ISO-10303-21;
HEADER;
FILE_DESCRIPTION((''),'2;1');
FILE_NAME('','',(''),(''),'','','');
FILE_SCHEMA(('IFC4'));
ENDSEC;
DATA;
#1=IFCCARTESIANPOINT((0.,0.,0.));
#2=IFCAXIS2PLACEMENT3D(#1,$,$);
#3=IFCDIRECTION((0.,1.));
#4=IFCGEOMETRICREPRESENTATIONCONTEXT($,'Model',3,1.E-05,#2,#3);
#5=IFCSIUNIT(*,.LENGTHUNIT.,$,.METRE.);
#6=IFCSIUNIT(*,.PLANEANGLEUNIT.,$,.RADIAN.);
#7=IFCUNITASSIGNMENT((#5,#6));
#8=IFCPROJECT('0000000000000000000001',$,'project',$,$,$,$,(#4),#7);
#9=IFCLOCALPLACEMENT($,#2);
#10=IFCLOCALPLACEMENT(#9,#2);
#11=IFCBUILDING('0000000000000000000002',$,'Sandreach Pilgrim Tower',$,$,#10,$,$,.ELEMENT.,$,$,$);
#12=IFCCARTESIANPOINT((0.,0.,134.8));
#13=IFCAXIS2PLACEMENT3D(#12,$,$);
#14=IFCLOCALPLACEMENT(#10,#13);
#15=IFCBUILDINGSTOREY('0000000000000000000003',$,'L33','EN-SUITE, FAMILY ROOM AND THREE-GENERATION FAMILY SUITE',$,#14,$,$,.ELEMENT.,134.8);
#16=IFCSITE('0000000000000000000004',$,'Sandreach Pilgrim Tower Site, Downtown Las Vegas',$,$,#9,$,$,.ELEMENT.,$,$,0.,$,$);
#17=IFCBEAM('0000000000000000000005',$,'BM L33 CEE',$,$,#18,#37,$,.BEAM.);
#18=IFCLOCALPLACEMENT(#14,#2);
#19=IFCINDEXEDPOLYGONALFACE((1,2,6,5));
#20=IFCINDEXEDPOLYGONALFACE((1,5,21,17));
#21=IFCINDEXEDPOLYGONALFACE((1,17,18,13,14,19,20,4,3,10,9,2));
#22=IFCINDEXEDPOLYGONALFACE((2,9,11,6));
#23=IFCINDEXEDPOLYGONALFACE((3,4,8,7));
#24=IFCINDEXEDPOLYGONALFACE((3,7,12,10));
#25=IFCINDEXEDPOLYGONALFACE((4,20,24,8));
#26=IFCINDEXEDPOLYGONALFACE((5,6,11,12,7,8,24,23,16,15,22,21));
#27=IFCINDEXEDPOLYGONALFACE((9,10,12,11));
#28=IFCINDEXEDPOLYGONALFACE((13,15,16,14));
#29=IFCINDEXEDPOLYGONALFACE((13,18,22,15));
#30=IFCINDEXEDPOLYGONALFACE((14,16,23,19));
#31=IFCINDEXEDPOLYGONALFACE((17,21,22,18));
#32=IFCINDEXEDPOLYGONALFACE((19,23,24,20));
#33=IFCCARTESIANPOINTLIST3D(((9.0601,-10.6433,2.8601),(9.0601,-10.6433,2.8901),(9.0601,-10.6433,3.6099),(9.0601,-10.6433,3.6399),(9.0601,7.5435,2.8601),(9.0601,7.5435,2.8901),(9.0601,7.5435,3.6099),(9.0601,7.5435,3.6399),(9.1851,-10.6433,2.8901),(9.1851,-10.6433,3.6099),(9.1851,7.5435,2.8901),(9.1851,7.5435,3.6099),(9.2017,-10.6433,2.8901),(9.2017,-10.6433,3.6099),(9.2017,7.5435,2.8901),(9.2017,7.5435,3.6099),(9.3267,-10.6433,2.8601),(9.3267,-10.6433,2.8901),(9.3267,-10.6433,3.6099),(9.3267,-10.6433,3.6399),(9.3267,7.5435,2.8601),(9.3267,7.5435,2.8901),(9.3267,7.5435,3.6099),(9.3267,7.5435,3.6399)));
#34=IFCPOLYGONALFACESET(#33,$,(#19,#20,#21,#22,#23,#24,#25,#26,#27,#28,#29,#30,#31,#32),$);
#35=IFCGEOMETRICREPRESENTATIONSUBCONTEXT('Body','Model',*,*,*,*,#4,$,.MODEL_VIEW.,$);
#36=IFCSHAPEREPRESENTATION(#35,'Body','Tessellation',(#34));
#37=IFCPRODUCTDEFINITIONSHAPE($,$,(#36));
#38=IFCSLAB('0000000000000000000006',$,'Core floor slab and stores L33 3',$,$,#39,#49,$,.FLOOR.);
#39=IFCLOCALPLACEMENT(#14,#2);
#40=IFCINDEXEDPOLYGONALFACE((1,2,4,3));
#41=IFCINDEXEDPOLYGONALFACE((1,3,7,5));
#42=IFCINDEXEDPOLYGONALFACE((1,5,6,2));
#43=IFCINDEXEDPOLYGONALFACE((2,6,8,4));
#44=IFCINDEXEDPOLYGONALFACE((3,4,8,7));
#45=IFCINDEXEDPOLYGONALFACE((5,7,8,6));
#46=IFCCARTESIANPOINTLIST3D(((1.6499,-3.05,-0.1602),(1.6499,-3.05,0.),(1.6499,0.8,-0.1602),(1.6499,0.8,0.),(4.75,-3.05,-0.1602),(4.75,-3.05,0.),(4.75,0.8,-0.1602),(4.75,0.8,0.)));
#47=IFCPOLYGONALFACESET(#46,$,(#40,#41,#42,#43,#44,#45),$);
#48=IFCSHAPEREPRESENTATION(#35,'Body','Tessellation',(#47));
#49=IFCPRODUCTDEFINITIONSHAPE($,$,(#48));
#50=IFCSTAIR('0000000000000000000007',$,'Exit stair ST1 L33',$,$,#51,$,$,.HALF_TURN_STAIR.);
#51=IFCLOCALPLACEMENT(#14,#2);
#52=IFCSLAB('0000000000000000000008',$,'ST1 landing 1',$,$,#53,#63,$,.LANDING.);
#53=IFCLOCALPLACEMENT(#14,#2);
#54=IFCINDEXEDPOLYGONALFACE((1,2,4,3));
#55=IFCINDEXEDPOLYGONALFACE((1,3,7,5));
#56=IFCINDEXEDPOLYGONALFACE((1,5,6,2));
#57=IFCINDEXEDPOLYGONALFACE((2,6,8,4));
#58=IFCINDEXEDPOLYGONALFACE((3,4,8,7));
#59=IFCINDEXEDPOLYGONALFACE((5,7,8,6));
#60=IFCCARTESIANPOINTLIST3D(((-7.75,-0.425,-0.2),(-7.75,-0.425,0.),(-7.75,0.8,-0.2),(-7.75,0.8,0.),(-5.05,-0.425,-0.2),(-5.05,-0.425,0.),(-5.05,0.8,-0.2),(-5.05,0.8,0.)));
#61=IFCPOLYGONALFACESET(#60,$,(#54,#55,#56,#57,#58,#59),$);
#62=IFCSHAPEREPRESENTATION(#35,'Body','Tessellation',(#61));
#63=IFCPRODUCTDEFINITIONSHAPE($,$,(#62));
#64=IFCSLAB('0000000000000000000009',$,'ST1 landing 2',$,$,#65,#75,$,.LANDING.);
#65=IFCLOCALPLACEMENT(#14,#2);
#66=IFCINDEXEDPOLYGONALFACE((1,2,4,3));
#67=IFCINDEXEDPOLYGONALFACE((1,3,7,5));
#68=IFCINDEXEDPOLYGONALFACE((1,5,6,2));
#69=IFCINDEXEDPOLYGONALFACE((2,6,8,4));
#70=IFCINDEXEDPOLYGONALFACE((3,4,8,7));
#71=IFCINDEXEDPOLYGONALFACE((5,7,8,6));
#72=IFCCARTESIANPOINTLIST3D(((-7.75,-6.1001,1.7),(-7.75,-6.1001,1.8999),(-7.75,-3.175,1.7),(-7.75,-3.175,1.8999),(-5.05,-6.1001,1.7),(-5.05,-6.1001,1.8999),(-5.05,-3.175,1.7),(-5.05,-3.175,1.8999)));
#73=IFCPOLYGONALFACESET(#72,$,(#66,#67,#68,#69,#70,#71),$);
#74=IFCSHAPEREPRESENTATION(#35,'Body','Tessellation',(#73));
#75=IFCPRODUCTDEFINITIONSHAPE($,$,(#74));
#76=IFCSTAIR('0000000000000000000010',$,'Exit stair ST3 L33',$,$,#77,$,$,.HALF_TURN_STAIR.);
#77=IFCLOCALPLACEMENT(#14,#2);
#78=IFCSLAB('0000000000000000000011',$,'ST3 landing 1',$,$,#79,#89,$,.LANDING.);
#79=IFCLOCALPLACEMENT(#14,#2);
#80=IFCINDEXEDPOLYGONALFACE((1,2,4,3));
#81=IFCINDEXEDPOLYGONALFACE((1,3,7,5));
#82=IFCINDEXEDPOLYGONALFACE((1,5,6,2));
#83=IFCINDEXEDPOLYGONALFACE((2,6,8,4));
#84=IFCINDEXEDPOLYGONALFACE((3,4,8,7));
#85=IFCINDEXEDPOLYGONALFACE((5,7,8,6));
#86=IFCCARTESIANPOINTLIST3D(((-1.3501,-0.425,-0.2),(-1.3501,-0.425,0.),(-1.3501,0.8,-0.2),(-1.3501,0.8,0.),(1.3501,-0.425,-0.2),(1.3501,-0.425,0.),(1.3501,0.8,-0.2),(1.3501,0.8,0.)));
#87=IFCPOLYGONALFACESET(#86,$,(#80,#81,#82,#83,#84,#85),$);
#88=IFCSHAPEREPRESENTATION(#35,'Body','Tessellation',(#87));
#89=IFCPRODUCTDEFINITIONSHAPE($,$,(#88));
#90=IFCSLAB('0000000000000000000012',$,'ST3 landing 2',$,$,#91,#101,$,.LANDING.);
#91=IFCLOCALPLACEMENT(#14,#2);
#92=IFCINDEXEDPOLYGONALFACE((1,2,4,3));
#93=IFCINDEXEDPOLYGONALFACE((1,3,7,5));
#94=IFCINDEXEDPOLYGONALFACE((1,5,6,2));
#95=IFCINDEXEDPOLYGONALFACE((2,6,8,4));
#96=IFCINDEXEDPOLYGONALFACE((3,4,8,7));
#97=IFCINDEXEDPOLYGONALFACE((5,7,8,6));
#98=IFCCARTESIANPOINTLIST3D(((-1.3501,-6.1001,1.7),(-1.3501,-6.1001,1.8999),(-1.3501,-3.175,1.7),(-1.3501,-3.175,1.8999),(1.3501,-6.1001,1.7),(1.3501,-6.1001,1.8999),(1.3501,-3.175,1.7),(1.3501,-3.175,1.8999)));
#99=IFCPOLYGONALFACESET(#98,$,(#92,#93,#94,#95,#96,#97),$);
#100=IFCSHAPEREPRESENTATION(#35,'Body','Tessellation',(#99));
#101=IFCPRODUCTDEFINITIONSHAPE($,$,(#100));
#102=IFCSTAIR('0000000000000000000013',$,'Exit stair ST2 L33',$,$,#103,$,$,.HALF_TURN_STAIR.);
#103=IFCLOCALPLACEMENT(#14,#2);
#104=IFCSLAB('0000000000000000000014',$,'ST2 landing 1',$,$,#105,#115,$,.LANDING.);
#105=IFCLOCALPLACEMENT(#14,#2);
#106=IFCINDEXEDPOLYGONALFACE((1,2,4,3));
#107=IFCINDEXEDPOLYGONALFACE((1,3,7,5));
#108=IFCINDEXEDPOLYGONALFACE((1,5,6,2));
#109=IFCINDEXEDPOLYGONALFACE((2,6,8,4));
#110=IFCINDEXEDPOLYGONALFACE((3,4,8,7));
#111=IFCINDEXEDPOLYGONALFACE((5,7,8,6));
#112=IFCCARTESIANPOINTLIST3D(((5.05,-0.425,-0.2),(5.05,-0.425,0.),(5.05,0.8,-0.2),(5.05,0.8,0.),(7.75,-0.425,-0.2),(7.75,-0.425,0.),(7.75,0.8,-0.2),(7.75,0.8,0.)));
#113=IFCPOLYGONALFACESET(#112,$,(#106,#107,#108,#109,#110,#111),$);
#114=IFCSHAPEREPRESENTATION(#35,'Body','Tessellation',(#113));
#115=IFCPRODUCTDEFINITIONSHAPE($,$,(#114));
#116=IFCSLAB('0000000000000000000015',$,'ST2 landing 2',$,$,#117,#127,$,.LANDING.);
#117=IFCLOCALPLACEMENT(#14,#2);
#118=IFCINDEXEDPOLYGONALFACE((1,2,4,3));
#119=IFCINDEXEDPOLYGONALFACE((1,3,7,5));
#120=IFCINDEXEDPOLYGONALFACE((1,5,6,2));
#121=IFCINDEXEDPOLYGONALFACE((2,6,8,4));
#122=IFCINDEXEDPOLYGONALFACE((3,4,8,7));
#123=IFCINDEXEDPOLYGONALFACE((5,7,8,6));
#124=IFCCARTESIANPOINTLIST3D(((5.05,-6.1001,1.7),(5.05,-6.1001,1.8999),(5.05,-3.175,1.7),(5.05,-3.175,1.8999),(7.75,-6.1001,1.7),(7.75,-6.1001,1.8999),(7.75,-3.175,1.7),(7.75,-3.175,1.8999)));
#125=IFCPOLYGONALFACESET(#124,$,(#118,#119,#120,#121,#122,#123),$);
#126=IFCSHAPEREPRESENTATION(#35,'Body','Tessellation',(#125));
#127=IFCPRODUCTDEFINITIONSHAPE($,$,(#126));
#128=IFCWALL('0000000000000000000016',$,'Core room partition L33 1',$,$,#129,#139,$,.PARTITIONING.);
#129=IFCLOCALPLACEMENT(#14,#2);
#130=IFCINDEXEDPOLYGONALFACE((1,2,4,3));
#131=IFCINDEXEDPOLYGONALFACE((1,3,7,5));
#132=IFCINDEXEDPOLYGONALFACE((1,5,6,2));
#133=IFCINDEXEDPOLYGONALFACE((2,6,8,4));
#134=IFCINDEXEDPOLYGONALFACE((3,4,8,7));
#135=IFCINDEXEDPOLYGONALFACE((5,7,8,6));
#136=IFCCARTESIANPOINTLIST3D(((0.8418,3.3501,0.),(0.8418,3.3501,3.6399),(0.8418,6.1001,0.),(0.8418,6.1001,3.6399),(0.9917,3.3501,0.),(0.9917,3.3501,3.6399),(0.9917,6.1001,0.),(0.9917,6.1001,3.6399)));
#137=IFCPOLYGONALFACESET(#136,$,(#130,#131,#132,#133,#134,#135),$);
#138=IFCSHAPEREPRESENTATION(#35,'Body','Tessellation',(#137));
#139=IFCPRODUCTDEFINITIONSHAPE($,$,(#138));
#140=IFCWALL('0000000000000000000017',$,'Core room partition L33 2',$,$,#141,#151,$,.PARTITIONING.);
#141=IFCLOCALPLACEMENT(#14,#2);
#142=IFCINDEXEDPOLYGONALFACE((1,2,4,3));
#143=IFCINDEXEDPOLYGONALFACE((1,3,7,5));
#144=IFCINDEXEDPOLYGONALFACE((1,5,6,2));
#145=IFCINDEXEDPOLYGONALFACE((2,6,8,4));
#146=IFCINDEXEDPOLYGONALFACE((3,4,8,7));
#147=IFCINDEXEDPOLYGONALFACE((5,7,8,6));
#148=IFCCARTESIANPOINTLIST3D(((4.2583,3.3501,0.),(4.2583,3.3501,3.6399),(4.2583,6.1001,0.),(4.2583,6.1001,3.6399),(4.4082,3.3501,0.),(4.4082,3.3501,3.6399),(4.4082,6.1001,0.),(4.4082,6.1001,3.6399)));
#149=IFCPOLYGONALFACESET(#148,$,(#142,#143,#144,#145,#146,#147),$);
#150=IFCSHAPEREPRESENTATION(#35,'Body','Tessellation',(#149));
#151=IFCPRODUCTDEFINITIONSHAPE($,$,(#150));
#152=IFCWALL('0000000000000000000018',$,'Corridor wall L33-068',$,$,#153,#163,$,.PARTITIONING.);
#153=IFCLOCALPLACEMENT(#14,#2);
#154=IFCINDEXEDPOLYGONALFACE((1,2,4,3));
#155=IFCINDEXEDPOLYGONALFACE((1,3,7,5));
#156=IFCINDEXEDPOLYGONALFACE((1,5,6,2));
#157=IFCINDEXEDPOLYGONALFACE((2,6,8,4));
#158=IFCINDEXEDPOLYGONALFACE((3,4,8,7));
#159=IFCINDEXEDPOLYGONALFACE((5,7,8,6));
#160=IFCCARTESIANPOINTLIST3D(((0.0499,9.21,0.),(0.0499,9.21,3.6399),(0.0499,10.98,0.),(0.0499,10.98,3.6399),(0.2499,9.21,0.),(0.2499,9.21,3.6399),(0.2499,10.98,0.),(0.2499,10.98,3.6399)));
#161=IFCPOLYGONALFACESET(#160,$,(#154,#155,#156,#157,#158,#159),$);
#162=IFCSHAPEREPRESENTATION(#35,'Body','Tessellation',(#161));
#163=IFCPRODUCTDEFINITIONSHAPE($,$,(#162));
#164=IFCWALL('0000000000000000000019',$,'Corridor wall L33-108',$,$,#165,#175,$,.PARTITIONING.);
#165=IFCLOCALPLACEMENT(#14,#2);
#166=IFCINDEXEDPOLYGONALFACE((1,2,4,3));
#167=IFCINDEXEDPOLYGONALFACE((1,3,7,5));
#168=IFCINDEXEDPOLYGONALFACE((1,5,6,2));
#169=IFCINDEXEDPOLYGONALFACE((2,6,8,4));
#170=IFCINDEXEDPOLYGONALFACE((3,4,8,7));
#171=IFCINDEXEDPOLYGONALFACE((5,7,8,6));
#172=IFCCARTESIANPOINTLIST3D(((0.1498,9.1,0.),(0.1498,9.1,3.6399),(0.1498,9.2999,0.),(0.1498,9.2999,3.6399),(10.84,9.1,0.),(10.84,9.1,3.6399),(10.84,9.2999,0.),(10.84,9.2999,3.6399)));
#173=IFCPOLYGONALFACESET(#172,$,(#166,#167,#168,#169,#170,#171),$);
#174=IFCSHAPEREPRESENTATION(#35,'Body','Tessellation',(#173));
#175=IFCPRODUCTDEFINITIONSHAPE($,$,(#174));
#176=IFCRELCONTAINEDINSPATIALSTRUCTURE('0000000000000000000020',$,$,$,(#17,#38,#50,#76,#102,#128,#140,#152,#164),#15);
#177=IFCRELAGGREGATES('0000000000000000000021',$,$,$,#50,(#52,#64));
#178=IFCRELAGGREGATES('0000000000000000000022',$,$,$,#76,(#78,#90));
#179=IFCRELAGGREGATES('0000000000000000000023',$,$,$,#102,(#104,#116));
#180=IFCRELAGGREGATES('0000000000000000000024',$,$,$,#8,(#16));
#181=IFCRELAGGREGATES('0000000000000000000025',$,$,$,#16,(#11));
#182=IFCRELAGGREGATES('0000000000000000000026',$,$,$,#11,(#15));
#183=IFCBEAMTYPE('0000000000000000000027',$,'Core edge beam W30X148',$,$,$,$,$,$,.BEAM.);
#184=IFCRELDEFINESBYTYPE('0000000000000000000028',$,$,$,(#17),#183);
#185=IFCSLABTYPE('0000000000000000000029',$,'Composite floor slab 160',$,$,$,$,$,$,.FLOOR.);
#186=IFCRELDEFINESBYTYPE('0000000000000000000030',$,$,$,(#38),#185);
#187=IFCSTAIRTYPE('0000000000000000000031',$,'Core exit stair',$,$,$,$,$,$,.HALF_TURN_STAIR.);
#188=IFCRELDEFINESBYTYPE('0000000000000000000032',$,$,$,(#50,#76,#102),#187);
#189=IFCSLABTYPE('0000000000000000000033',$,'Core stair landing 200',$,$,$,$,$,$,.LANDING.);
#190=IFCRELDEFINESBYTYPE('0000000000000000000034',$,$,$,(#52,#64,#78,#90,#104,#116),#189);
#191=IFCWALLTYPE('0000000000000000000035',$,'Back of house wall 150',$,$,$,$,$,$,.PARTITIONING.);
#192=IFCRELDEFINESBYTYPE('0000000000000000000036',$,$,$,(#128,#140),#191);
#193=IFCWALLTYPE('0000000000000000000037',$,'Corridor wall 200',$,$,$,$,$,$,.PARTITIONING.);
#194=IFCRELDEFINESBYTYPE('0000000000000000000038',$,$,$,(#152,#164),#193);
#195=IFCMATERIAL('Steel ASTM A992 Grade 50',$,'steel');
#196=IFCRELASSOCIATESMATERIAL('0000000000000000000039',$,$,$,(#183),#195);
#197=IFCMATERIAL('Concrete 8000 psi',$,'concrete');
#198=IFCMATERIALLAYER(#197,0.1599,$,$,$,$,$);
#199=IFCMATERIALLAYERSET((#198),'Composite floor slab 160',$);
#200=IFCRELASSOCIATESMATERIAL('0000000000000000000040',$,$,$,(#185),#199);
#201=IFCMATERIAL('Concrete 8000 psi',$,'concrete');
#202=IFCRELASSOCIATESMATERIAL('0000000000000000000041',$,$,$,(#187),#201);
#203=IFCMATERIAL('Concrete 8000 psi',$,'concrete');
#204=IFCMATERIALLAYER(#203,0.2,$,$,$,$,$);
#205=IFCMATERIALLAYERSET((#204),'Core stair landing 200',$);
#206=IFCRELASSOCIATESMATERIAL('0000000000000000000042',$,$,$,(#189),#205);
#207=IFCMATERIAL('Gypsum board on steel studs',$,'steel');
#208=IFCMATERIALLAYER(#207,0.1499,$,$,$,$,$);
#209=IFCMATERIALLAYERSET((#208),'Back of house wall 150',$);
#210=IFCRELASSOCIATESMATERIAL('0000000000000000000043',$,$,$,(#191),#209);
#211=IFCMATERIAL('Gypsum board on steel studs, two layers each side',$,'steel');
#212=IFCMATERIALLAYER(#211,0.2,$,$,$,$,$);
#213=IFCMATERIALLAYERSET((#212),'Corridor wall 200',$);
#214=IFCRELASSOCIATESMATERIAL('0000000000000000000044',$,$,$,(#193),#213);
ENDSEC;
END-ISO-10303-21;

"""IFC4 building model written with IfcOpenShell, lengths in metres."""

from ifc_helpers import new_model, si_unit, direction, frame, frame_2d, origin, origin_2d, place, context, subcontext, project, spatial, polyline, rectangle, i_section, outline, extrude, material, layer, layer_set, material_profile, profile_set, type_object, element, aggregate, save


model = new_model("IFC4")

# Units and contexts
model_context = context("Model", 3, precision=1e-05, world=origin(), true_north=direction((0.0, 1.0)))
body_context = subcontext(model_context, "Body", "Model", "MODEL_VIEW")
ifc_project = project(units=[si_unit("LENGTHUNIT", "METRE"), si_unit("PLANEANGLEUNIT", "RADIAN")], contexts=[model_context])

# Site, building, storey
site_placement = place(None, origin())
site = spatial("IfcSite", under=ifc_project, at=site_placement, Name="Sandreach Pilgrim Tower Site, Downtown Las Vegas", CompositionType="ELEMENT", RefElevation=0.0)
building_placement = place(site_placement, origin())
building = spatial("IfcBuilding", under=site, at=building_placement, Name="Sandreach Pilgrim Tower", CompositionType="ELEMENT")
storey_placement = place(building_placement, frame((0.0, 0.0, 134.8)))
storey = spatial("IfcBuildingStorey", under=building, at=storey_placement, Name="L33", Description="EN-SUITE, FAMILY ROOM AND THREE-GENERATION FAMILY SUITE", CompositionType="ELEMENT", Elevation=134.8)

# Beam
ifc_material_1 = material(Name="Steel ASTM A992 Grade 50", Category="steel")
ifc_material_profile = material_profile(ifc_material_1, i_section(OverallWidth=0.2666, OverallDepth=0.7798, WebThickness=0.0166, FlangeThickness=0.03, at=origin_2d()), Name="W30X148")
ifc_profile_set = profile_set([ifc_material_profile], Name="Steel ASTM A992 Grade 50")
beam_type = type_object("IfcBeamType", Name="Core edge beam W30X148", PredefinedType="BEAM", material=ifc_profile_set)
beam_placement = place(storey_placement, frame((9.1934, 7.5435, 3.25), z_axis=(0.0, -1.0, 0.0), x_axis=(1.0, 0.0, 0.0)))
element("IfcBeam", 1, at=beam_placement, inside=storey, type_object=beam_type, Name="BM L33 CEE", PredefinedType="BEAM", context=body_context, shape_type="SweptSolid", body=[
    extrude(i_section(OverallWidth=0.2666, OverallDepth=0.7798, WebThickness=0.0166, FlangeThickness=0.03, at=origin_2d()), origin(), (0.0, 0.0, 1.0), 18.1868),
])

# Slab
ifc_material_2 = material(Name="Concrete 8000 psi", Category="concrete")
ifc_layer_1 = layer(ifc_material_2, 0.1599)
ifc_layer_set_1 = layer_set([ifc_layer_1], Name="Composite floor slab 160")
slab_type_1 = type_object("IfcSlabType", Name="Composite floor slab 160", PredefinedType="FLOOR", material=ifc_layer_set_1)
slab_1_placement = place(storey_placement, frame((0.0, 0.0, -0.1602)))
element("IfcSlab", 2, at=slab_1_placement, inside=storey, type_object=slab_type_1, Name="Core floor slab and stores L33 3", PredefinedType="FLOOR", context=body_context, shape_type="SweptSolid", body=[
    extrude(outline(polyline([(4.75, -3.05), (1.6499, -3.05), (1.6499, 0.8), (4.75, 0.8), (4.75, -3.05)])), origin(), (0.0, 0.0, 1.0), 0.1602),
])

# Stairs, slabs
ifc_material_3 = material(Name="Concrete 8000 psi", Category="concrete")
stair_type = type_object("IfcStairType", Name="Core exit stair", PredefinedType="HALF_TURN_STAIR", material=ifc_material_3)
stair_1_placement = place(storey_placement, origin())
stair_1 = element("IfcStair", 3, at=stair_1_placement, inside=storey, type_object=stair_type, Name="Exit stair ST1 L33", PredefinedType="HALF_TURN_STAIR")
ifc_material_4 = material(Name="Concrete 8000 psi", Category="concrete")
ifc_layer_2 = layer(ifc_material_4, 0.2)
ifc_layer_set_2 = layer_set([ifc_layer_2], Name="Core stair landing 200")
slab_type_2 = type_object("IfcSlabType", Name="Core stair landing 200", PredefinedType="LANDING", material=ifc_layer_set_2)
slab_2_placement = place(storey_placement, frame((0.0, 0.0, -0.2)))
slab_2 = element("IfcSlab", 4, at=slab_2_placement, type_object=slab_type_2, Name="ST1 landing 1", PredefinedType="LANDING", context=body_context, shape_type="SweptSolid", body=[
    extrude(outline(polyline([(-7.75, -0.425), (-5.05, -0.425), (-5.05, 0.8), (-7.75, 0.8), (-7.75, -0.425)])), origin(), (0.0, 0.0, 1.0), 0.2),
])
slab_3_placement = place(storey_placement, frame((0.0, 0.0, 1.7)))
slab_3 = element("IfcSlab", 5, at=slab_3_placement, type_object=slab_type_2, Name="ST1 landing 2", PredefinedType="LANDING", context=body_context, shape_type="SweptSolid", body=[
    extrude(outline(polyline([(-7.75, -6.1001), (-5.05, -6.1001), (-5.05, -3.175), (-7.75, -3.175), (-7.75, -6.1001)])), origin(), (0.0, 0.0, 1.0), 0.2),
])
aggregate(stair_1, [slab_2, slab_3])
stair_2_placement = place(storey_placement, origin())
stair_2 = element("IfcStair", 6, at=stair_2_placement, inside=storey, type_object=stair_type, Name="Exit stair ST3 L33", PredefinedType="HALF_TURN_STAIR")
slab_4_placement = place(storey_placement, frame((0.0, 0.0, -0.2)))
slab_4 = element("IfcSlab", 7, at=slab_4_placement, type_object=slab_type_2, Name="ST3 landing 1", PredefinedType="LANDING", context=body_context, shape_type="SweptSolid", body=[
    extrude(outline(polyline([(-1.3501, -0.425), (1.3501, -0.425), (1.3501, 0.8), (-1.3501, 0.8), (-1.3501, -0.425)])), origin(), (0.0, 0.0, 1.0), 0.2),
])
slab_5_placement = place(storey_placement, frame((0.0, 0.0, 1.7)))
slab_5 = element("IfcSlab", 8, at=slab_5_placement, type_object=slab_type_2, Name="ST3 landing 2", PredefinedType="LANDING", context=body_context, shape_type="SweptSolid", body=[
    extrude(outline(polyline([(-1.3501, -6.1001), (1.3501, -6.1001), (1.3501, -3.175), (-1.3501, -3.175), (-1.3501, -6.1001)])), origin(), (0.0, 0.0, 1.0), 0.2),
])
aggregate(stair_2, [slab_4, slab_5])
stair_3_placement = place(storey_placement, origin())
stair_3 = element("IfcStair", 9, at=stair_3_placement, inside=storey, type_object=stair_type, Name="Exit stair ST2 L33", PredefinedType="HALF_TURN_STAIR")
slab_6_placement = place(storey_placement, frame((0.0, 0.0, -0.2)))
slab_6 = element("IfcSlab", 10, at=slab_6_placement, type_object=slab_type_2, Name="ST2 landing 1", PredefinedType="LANDING", context=body_context, shape_type="SweptSolid", body=[
    extrude(outline(polyline([(5.05, -0.425), (7.75, -0.425), (7.75, 0.8), (5.05, 0.8), (5.05, -0.425)])), origin(), (0.0, 0.0, 1.0), 0.2),
])
slab_7_placement = place(storey_placement, frame((0.0, 0.0, 1.7)))
slab_7 = element("IfcSlab", 11, at=slab_7_placement, type_object=slab_type_2, Name="ST2 landing 2", PredefinedType="LANDING", context=body_context, shape_type="SweptSolid", body=[
    extrude(outline(polyline([(5.05, -6.1001), (7.75, -6.1001), (7.75, -3.175), (5.05, -3.175), (5.05, -6.1001)])), origin(), (0.0, 0.0, 1.0), 0.2),
])
aggregate(stair_3, [slab_6, slab_7])

# Walls
ifc_material_5 = material(Name="Gypsum board on steel studs", Category="steel")
ifc_layer_3 = layer(ifc_material_5, 0.1499)
ifc_layer_set_3 = layer_set([ifc_layer_3], Name="Back of house wall 150")
wall_type_1 = type_object("IfcWallType", Name="Back of house wall 150", PredefinedType="PARTITIONING", material=ifc_layer_set_3)
for number, where, z_axis, x_axis, name in (
    (12, (0.9167, 3.3501, 0.0), (0.0, 0.0, 1.0), (0.0, 1.0, 0.0), "Core room partition L33 1"),
    (13, (4.3333, 3.3501, 0.0), (0.0, 0.0, 1.0), (0.0, 1.0, 0.0), "Core room partition L33 2"),
):
    element("IfcWall", number, at=place(storey_placement, frame(where, z_axis=z_axis, x_axis=x_axis)), inside=storey, type_object=wall_type_1, Name=name, PredefinedType="PARTITIONING", context=body_context, shape_type="SweptSolid", body=[
        extrude(rectangle(XDim=2.75, YDim=0.1499, at=frame_2d((1.375, 0.0))), origin(), (0.0, 0.0, 1.0), 3.6399),
    ])

# Walls
ifc_material_6 = material(Name="Gypsum board on steel studs, two layers each side", Category="steel")
ifc_layer_4 = layer(ifc_material_6, 0.2)
ifc_layer_set_4 = layer_set([ifc_layer_4], Name="Corridor wall 200")
wall_type_2 = type_object("IfcWallType", Name="Corridor wall 200", PredefinedType="PARTITIONING", material=ifc_layer_set_4)
wall_1_placement = place(storey_placement, frame((0.1499, 9.21, 0.0), z_axis=(0.0, 0.0, 1.0), x_axis=(0.0, 1.0, 0.0)))
element("IfcWall", 14, at=wall_1_placement, inside=storey, type_object=wall_type_2, Name="Corridor wall L33-068", PredefinedType="PARTITIONING", context=body_context, shape_type="SweptSolid", body=[
    extrude(rectangle(XDim=1.77, YDim=0.2, at=frame_2d((0.885, 0.0))), origin(), (0.0, 0.0, 1.0), 3.6399),
])
wall_2_placement = place(storey_placement, frame((10.8401, 9.2, 0.0), z_axis=(0.0, 0.0, 1.0), x_axis=(-1.0, 0.0, 0.0)))
element("IfcWall", 15, at=wall_2_placement, inside=storey, type_object=wall_type_2, Name="Corridor wall L33-108", PredefinedType="PARTITIONING", context=body_context, shape_type="SweptSolid", body=[
    extrude(rectangle(XDim=10.6902, YDim=0.2, at=frame_2d((5.3452, 0.0))), origin(), (0.0, 0.0, 1.0), 3.6399),
])

save(model, "model.ifc")
